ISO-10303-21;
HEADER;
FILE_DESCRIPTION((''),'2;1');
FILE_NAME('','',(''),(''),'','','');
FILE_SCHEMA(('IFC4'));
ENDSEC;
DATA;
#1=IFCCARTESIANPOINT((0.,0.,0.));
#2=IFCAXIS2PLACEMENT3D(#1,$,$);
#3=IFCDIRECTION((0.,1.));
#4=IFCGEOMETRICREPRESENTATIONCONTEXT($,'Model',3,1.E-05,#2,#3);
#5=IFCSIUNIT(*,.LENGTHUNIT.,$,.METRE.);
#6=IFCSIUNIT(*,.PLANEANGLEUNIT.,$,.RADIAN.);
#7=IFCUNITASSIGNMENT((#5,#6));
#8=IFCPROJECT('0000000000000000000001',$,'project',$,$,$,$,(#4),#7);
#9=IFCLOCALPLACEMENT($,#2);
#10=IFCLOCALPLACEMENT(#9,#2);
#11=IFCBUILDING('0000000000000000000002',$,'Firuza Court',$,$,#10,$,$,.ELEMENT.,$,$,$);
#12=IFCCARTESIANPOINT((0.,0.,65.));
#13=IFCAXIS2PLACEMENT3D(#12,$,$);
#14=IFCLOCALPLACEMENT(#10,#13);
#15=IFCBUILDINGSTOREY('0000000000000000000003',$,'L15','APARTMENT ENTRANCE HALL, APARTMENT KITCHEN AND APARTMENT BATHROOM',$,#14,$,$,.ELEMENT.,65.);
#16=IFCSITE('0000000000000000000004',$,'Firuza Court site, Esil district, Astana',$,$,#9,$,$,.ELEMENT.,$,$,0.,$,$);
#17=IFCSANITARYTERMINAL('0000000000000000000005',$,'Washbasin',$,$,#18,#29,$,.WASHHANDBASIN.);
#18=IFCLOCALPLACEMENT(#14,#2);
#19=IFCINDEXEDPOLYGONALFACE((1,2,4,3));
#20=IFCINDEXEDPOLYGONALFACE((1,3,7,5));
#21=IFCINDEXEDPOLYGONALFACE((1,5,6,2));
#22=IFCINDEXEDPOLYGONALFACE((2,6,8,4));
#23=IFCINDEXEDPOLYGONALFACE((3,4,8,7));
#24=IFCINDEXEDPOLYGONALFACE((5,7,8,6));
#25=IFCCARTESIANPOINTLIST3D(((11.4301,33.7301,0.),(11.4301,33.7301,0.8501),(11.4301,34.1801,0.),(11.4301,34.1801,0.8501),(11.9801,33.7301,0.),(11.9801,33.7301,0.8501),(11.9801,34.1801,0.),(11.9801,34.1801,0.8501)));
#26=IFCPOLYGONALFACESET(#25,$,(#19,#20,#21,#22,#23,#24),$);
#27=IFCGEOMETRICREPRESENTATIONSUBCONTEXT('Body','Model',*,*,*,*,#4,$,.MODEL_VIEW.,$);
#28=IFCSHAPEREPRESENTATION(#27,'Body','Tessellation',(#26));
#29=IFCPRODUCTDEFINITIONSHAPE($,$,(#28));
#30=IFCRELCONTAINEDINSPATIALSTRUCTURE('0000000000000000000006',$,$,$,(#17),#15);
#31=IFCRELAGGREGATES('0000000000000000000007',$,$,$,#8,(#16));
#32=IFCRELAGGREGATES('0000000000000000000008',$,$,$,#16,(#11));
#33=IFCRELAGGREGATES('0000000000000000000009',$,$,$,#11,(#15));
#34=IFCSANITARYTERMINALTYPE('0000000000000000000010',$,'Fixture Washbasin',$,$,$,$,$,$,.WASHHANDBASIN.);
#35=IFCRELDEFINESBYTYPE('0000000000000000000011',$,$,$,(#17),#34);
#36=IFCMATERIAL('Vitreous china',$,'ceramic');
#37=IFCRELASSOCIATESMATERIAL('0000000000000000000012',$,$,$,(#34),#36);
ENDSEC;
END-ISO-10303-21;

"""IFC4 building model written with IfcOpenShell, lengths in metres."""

from ifc_helpers import new_model, si_unit, direction, frame, origin, origin_2d, place, context, subcontext, project, spatial, rectangle, extrude, material, type_object, element, save


model = new_model("IFC4")

# Units and contexts
model_context = context("Model", 3, precision=1e-05, world=origin(), true_north=direction((0.0, 1.0)))
body_context = subcontext(model_context, "Body", "Model", "MODEL_VIEW")
ifc_project = project(units=[si_unit("LENGTHUNIT", "METRE"), si_unit("PLANEANGLEUNIT", "RADIAN")], contexts=[model_context])

# Site, building, storey
site_placement = place(None, origin())
site = spatial("IfcSite", under=ifc_project, at=site_placement, Name="Firuza Court site, Esil district, Astana", CompositionType="ELEMENT", RefElevation=0.0)
building_placement = place(site_placement, origin())
building = spatial("IfcBuilding", under=site, at=building_placement, Name="Firuza Court", CompositionType="ELEMENT")
storey_placement = place(building_placement, frame((0.0, 0.0, 65.0)))
storey = spatial("IfcBuildingStorey", under=building, at=storey_placement, Name="L15", Description="APARTMENT ENTRANCE HALL, APARTMENT KITCHEN AND APARTMENT BATHROOM", CompositionType="ELEMENT", Elevation=65.0)

# Sanitary terminal
ifc_material_1 = material(Name="Vitreous china", Category="ceramic")
sanitary_terminal_type_1 = type_object("IfcSanitaryTerminalType", Name="Fixture Washbasin", PredefinedType="WASHHANDBASIN", material=ifc_material_1)
sanitary_terminal_1_placement = place(storey_placement, frame((11.7051, 33.9551, 0.0), z_axis=(0.0, 0.0, 1.0), x_axis=(1.0, 0.0, 0.0)))
element("IfcSanitaryTerminal", 1, at=sanitary_terminal_1_placement, inside=storey, type_object=sanitary_terminal_type_1, Name="Washbasin", PredefinedType="WASHHANDBASIN", context=body_context, shape_type="SweptSolid", body=[
    extrude(rectangle(XDim=0.55, YDim=0.45, at=origin_2d()), origin(), (0.0, 0.0, 1.0), 0.8501),
])

save(model, "model.ifc")
